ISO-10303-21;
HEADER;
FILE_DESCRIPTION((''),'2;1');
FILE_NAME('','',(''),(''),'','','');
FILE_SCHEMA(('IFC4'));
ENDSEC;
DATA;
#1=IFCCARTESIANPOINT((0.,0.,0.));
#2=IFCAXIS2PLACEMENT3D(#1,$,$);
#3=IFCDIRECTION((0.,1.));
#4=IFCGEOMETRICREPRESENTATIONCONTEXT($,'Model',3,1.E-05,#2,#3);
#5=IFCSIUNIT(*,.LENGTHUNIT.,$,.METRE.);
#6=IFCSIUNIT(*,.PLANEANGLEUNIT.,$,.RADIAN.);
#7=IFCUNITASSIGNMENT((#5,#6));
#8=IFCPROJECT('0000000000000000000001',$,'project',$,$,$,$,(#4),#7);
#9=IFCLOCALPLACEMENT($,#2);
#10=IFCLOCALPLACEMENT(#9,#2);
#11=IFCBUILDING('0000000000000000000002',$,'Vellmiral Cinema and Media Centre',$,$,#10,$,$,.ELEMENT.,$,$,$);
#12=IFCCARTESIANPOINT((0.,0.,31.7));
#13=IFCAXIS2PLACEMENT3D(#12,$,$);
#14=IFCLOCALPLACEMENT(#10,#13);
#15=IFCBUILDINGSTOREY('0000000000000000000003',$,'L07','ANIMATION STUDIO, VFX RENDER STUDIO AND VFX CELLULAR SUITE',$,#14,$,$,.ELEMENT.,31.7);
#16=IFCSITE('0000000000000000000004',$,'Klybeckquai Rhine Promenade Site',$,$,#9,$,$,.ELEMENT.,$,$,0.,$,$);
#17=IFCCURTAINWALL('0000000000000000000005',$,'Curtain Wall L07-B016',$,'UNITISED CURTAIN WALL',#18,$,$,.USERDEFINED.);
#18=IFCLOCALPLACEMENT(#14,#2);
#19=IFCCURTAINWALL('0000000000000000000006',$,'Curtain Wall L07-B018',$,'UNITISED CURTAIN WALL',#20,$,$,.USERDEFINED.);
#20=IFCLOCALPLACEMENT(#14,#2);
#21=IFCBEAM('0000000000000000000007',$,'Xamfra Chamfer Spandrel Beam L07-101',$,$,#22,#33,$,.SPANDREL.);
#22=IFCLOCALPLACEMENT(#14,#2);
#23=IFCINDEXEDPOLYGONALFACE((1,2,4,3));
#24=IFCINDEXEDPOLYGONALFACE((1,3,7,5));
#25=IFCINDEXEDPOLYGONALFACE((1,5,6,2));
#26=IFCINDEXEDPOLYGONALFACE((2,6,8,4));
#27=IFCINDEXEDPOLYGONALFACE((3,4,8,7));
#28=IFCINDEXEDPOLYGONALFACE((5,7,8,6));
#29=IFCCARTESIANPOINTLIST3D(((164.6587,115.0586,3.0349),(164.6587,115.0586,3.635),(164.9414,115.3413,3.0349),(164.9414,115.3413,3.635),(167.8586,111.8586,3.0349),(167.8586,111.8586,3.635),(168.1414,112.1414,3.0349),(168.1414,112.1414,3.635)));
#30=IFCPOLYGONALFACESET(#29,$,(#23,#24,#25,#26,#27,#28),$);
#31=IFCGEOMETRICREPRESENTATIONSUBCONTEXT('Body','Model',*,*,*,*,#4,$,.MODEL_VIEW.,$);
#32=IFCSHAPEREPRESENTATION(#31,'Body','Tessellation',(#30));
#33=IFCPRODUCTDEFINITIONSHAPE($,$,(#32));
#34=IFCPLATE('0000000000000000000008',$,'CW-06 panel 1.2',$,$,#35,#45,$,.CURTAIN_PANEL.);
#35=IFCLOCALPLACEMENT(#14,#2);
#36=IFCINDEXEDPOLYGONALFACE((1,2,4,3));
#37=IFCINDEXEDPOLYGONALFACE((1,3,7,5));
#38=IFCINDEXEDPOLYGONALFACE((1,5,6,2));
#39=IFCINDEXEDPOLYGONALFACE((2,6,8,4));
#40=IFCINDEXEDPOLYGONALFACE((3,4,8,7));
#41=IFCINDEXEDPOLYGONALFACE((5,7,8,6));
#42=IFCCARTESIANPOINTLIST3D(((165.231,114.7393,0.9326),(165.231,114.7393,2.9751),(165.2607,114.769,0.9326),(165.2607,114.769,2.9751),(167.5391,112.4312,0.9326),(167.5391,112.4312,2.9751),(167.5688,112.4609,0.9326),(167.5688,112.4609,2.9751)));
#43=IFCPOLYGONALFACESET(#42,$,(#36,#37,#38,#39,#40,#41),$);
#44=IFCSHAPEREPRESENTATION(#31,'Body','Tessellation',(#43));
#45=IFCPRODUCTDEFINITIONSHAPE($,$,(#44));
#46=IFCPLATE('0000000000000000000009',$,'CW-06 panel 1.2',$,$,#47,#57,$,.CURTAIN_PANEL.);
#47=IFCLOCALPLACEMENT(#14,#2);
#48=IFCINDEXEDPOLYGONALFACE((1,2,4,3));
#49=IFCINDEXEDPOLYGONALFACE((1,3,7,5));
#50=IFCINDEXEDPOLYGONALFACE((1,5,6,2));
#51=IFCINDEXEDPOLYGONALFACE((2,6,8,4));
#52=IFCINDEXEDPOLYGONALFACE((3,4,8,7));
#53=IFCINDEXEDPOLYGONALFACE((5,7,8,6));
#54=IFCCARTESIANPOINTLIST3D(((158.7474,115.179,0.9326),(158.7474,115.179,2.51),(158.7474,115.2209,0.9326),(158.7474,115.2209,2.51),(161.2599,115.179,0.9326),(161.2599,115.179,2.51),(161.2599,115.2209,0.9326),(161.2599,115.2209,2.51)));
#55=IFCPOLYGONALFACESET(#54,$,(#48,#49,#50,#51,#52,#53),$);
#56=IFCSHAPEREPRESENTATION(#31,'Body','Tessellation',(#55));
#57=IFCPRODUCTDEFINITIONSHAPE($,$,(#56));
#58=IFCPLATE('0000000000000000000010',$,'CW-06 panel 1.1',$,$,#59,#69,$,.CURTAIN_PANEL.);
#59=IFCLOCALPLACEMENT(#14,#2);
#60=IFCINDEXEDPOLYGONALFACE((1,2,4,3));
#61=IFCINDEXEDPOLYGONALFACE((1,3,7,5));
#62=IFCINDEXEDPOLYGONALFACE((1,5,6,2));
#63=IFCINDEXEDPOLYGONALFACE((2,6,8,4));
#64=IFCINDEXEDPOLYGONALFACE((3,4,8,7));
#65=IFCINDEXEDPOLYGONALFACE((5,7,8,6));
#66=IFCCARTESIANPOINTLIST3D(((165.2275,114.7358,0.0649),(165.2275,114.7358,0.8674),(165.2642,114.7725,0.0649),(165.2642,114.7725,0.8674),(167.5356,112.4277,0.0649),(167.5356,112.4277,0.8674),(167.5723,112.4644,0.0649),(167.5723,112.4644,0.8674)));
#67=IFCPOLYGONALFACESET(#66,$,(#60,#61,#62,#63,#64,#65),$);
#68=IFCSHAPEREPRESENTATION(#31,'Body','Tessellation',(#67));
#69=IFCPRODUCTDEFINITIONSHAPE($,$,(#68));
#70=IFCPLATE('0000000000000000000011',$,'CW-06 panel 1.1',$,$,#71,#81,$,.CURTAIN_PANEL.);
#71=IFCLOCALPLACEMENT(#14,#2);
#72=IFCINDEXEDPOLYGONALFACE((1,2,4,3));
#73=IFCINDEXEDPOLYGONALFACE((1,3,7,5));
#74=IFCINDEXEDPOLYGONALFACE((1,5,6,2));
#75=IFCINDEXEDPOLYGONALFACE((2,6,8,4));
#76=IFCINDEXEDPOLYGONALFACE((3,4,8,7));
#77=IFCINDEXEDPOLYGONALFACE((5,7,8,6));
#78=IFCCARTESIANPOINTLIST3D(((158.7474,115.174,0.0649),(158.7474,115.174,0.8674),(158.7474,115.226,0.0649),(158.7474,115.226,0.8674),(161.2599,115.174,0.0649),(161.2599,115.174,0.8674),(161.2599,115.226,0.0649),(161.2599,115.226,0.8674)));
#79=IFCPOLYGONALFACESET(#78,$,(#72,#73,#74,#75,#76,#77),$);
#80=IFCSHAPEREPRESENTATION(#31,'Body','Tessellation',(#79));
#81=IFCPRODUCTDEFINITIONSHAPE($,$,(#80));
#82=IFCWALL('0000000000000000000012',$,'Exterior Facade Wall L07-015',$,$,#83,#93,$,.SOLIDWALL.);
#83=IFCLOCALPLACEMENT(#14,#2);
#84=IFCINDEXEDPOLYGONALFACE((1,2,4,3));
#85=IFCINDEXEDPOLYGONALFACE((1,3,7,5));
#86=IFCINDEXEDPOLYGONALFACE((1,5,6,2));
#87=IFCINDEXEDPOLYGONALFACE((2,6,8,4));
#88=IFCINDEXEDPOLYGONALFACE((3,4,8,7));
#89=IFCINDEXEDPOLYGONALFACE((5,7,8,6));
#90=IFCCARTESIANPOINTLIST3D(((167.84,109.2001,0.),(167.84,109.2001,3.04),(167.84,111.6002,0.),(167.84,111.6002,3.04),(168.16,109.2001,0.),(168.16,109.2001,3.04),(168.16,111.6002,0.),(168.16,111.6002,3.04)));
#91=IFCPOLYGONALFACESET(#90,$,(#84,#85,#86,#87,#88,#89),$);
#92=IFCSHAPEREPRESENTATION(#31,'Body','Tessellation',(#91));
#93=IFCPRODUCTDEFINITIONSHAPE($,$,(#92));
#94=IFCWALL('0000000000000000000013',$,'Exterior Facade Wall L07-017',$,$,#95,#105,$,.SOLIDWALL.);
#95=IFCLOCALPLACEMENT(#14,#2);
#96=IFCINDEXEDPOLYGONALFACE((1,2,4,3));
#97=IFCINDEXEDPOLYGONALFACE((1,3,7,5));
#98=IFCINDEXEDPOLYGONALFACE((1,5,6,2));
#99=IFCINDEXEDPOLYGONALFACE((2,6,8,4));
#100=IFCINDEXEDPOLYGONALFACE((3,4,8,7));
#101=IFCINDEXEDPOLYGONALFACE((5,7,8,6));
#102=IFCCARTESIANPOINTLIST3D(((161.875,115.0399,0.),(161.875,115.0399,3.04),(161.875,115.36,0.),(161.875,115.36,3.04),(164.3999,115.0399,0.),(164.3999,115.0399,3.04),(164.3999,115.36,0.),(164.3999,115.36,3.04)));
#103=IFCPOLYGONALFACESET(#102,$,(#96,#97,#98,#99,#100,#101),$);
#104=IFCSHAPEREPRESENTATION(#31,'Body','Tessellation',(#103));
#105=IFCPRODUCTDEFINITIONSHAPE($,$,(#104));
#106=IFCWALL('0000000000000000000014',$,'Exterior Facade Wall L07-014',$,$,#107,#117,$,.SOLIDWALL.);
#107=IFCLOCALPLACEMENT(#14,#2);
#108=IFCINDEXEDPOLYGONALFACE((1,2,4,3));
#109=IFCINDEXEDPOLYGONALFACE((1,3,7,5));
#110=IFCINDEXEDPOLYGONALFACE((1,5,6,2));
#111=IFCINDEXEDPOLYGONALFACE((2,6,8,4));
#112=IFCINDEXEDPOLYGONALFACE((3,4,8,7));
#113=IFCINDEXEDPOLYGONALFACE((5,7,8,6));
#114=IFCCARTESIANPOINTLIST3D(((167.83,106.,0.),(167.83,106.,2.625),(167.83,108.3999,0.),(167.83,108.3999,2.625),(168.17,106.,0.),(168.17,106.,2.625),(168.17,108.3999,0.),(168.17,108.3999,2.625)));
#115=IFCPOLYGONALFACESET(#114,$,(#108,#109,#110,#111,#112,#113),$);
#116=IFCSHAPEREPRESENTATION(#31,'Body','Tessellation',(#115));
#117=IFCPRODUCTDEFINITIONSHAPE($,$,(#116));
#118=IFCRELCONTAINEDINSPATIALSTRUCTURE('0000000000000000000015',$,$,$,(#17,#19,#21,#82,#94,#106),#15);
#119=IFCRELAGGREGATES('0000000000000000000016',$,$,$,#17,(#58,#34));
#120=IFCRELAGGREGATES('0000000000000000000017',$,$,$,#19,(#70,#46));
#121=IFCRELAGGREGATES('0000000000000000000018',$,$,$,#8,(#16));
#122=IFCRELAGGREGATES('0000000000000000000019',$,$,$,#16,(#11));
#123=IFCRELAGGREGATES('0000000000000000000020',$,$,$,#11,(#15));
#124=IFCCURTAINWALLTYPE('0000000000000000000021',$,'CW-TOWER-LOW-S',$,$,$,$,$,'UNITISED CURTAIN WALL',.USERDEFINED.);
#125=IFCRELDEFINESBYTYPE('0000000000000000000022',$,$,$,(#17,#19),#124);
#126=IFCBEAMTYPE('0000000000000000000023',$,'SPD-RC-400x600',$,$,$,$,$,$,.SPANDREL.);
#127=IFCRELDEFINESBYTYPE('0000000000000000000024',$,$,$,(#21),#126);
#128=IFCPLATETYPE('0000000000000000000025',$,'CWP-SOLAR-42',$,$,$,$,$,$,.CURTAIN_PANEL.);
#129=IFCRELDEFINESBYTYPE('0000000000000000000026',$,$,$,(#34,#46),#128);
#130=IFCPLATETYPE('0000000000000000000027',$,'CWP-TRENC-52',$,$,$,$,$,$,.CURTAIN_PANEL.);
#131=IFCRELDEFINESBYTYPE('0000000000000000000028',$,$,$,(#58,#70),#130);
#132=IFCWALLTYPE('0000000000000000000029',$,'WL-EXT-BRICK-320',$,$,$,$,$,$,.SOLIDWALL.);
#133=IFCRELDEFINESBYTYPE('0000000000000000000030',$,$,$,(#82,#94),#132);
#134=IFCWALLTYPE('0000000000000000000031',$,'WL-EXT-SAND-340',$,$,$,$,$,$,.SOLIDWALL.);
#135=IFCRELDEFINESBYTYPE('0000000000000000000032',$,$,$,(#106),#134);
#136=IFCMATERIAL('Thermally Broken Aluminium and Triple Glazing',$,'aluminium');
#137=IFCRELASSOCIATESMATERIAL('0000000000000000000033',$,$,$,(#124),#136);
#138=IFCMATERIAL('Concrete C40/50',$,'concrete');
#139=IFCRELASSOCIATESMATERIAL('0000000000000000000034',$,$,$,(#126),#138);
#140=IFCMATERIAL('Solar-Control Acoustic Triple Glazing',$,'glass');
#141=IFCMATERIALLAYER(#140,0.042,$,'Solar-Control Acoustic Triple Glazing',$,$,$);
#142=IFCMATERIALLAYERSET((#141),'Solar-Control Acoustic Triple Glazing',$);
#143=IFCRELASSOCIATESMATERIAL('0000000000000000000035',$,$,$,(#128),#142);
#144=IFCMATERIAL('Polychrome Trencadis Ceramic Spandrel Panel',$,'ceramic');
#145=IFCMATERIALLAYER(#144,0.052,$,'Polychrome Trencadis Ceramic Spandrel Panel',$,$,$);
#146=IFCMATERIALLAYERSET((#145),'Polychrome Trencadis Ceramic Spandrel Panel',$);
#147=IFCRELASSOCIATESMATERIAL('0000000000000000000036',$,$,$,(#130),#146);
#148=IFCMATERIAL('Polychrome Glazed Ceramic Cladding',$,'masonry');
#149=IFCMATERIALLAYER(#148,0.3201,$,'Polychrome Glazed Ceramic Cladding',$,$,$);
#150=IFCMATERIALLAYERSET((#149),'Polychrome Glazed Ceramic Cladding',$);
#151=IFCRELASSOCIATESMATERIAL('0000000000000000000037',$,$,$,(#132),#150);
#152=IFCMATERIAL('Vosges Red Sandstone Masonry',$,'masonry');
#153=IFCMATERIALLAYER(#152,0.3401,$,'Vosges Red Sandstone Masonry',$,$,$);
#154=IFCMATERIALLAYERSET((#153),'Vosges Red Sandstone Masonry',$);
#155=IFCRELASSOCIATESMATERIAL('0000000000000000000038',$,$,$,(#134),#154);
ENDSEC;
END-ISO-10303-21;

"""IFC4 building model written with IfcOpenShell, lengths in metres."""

from ifc_helpers import new_model, si_unit, direction, frame, frame_2d, origin, origin_2d, place, context, subcontext, project, spatial, rectangle, extrude, material, layer, layer_set, material_profile, profile_set, type_object, element, aggregate, save


model = new_model("IFC4")

# Units and contexts
model_context = context("Model", 3, precision=1e-05, world=origin(), true_north=direction((0.0, 1.0)))
body_context = subcontext(model_context, "Body", "Model", "MODEL_VIEW")
ifc_project = project(units=[si_unit("LENGTHUNIT", "METRE"), si_unit("PLANEANGLEUNIT", "RADIAN")], contexts=[model_context])

# Site, building, storey
site_placement = place(None, origin())
site = spatial("IfcSite", under=ifc_project, at=site_placement, Name="Klybeckquai Rhine Promenade Site", CompositionType="ELEMENT", RefElevation=0.0)
building_placement = place(site_placement, origin())
building = spatial("IfcBuilding", under=site, at=building_placement, Name="Vellmiral Cinema and Media Centre", CompositionType="ELEMENT")
storey_placement = place(building_placement, frame((0.0, 0.0, 31.7)))
storey = spatial("IfcBuildingStorey", under=building, at=storey_placement, Name="L07", Description="ANIMATION STUDIO, VFX RENDER STUDIO AND VFX CELLULAR SUITE", CompositionType="ELEMENT", Elevation=31.7)

# Curtain walls
ifc_material_1 = material(Name="Thermally Broken Aluminium and Triple Glazing", Category="aluminium")
curtain_wall_type = type_object("IfcCurtainWallType", Name="CW-TOWER-LOW-S", ElementType="UNITISED CURTAIN WALL", PredefinedType="USERDEFINED", material=ifc_material_1)
curtain_wall_1_placement = place(storey_placement, origin())
curtain_wall_1 = element("IfcCurtainWall", 1, at=curtain_wall_1_placement, inside=storey, type_object=curtain_wall_type, Name="Curtain Wall L07-B016", ObjectType="UNITISED CURTAIN WALL", PredefinedType="USERDEFINED")
curtain_wall_2_placement = place(storey_placement, origin())
curtain_wall_2 = element("IfcCurtainWall", 2, at=curtain_wall_2_placement, inside=storey, type_object=curtain_wall_type, Name="Curtain Wall L07-B018", ObjectType="UNITISED CURTAIN WALL", PredefinedType="USERDEFINED")

# Beam
ifc_material_2 = material(Name="Concrete C40/50", Category="concrete")
ifc_material_profile_1 = material_profile(ifc_material_2, rectangle(XDim=0.3999, YDim=0.6001, at=origin_2d()), Name="RC 400x600")
ifc_profile_set_1 = profile_set([ifc_material_profile_1], Name="Concrete C40/50")
beam_type_1 = type_object("IfcBeamType", Name="SPD-RC-400x600", PredefinedType="SPANDREL", material=ifc_profile_set_1)
for number, where, z_axis, x_axis, name in (
    (3, (164.8, 115.2, 3.335), (0.707107, -0.707107, 0.0), (0.707107, 0.707107, 0.0), "Xamfra Chamfer Spandrel Beam L07-101"),
):
    element("IfcBeam", number, at=place(storey_placement, frame(where, z_axis=z_axis, x_axis=x_axis)), inside=storey, type_object=beam_type_1, Name=name, PredefinedType="SPANDREL", context=body_context, shape_type="SweptSolid", body=[
        extrude(rectangle(XDim=0.3999, YDim=0.6001, at=origin_2d()), origin(), (0.0, 0.0, 1.0), 4.5254),
    ])

# Plates
ifc_material_3 = material(Name="Solar-Control Acoustic Triple Glazing", Category="glass")
ifc_layer_1 = layer(ifc_material_3, 0.042, Name="Solar-Control Acoustic Triple Glazing")
ifc_layer_set_1 = layer_set([ifc_layer_1], Name="Solar-Control Acoustic Triple Glazing")
plate_type_1 = type_object("IfcPlateType", Name="CWP-SOLAR-42", PredefinedType="CURTAIN_PANEL", material=ifc_layer_set_1)
plate_1_placement = place(storey_placement, frame((166.3999, 113.6001, 0.9326), z_axis=(0.0, 0.0, 1.0), x_axis=(-0.707107, 0.707107, 0.0)))
plate_1 = element("IfcPlate", 4, at=plate_1_placement, type_object=plate_type_1, Name="CW-06 panel 1.2", PredefinedType="CURTAIN_PANEL", context=body_context, shape_type="SweptSolid", body=[
    extrude(rectangle(XDim=3.2642, YDim=0.042, at=origin_2d()), origin(), (0.0, 0.0, 1.0), 2.0425),
])
plate_2_placement = place(storey_placement, frame((160.0037, 115.2, 0.9326), z_axis=(0.0, 0.0, 1.0), x_axis=(-1.0, 0.0, 0.0)))
plate_2 = element("IfcPlate", 5, at=plate_2_placement, type_object=plate_type_1, Name="CW-06 panel 1.2", PredefinedType="CURTAIN_PANEL", context=body_context, shape_type="SweptSolid", body=[
    extrude(rectangle(XDim=2.5125, YDim=0.042, at=origin_2d()), origin(), (0.0, 0.0, 1.0), 1.5774),
])
ifc_material_4 = material(Name="Polychrome Trencadis Ceramic Spandrel Panel", Category="ceramic")
ifc_layer_2 = layer(ifc_material_4, 0.052, Name="Polychrome Trencadis Ceramic Spandrel Panel")
ifc_layer_set_2 = layer_set([ifc_layer_2], Name="Polychrome Trencadis Ceramic Spandrel Panel")
plate_type_2 = type_object("IfcPlateType", Name="CWP-TRENC-52", PredefinedType="CURTAIN_PANEL", material=ifc_layer_set_2)
plate_3_placement = place(storey_placement, frame((166.3999, 113.6001, 0.0649), z_axis=(0.0, 0.0, 1.0), x_axis=(-0.707107, 0.707107, 0.0)))
plate_3 = element("IfcPlate", 6, at=plate_3_placement, type_object=plate_type_2, Name="CW-06 panel 1.1", PredefinedType="CURTAIN_PANEL", context=body_context, shape_type="SweptSolid", body=[
    extrude(rectangle(XDim=3.2642, YDim=0.052, at=origin_2d()), origin(), (0.0, 0.0, 1.0), 0.8025),
])
aggregate(curtain_wall_1, [plate_3, plate_1])
plate_4_placement = place(storey_placement, frame((160.0037, 115.2, 0.0649), z_axis=(0.0, 0.0, 1.0), x_axis=(-1.0, 0.0, 0.0)))
plate_4 = element("IfcPlate", 7, at=plate_4_placement, type_object=plate_type_2, Name="CW-06 panel 1.1", PredefinedType="CURTAIN_PANEL", context=body_context, shape_type="SweptSolid", body=[
    extrude(rectangle(XDim=2.5125, YDim=0.052, at=origin_2d()), origin(), (0.0, 0.0, 1.0), 0.8025),
])
aggregate(curtain_wall_2, [plate_4, plate_2])

# Walls
ifc_material_5 = material(Name="Polychrome Glazed Ceramic Cladding", Category="masonry")
ifc_layer_3 = layer(ifc_material_5, 0.3201, Name="Polychrome Glazed Ceramic Cladding")
ifc_layer_set_3 = layer_set([ifc_layer_3], Name="Polychrome Glazed Ceramic Cladding")
wall_type_1 = type_object("IfcWallType", Name="WL-EXT-BRICK-320", PredefinedType="SOLIDWALL", material=ifc_layer_set_3)
wall_1_placement = place(storey_placement, frame((168.0, 109.2, 0.0), z_axis=(0.0, 0.0, 1.0), x_axis=(0.0, 1.0, 0.0)))
element("IfcWall", 8, at=wall_1_placement, inside=storey, type_object=wall_type_1, Name="Exterior Facade Wall L07-015", PredefinedType="SOLIDWALL", context=body_context, shape_type="SweptSolid", body=[
    extrude(rectangle(XDim=2.4001, YDim=0.3201, at=frame_2d((1.2002, 0.0))), origin(), (0.0, 0.0, 1.0), 3.04),
])
wall_2_placement = place(storey_placement, frame((164.3999, 115.2, 0.0), z_axis=(0.0, 0.0, 1.0), x_axis=(-1.0, 0.0, 0.0)))
element("IfcWall", 9, at=wall_2_placement, inside=storey, type_object=wall_type_1, Name="Exterior Facade Wall L07-017", PredefinedType="SOLIDWALL", context=body_context, shape_type="SweptSolid", body=[
    extrude(rectangle(XDim=2.5249, YDim=0.3201, at=frame_2d((1.2625, 0.0))), origin(), (0.0, 0.0, 1.0), 3.04),
])
ifc_material_6 = material(Name="Vosges Red Sandstone Masonry", Category="masonry")
ifc_layer_4 = layer(ifc_material_6, 0.3401, Name="Vosges Red Sandstone Masonry")
ifc_layer_set_4 = layer_set([ifc_layer_4], Name="Vosges Red Sandstone Masonry")
wall_type_2 = type_object("IfcWallType", Name="WL-EXT-SAND-340", PredefinedType="SOLIDWALL", material=ifc_layer_set_4)
wall_3_placement = place(storey_placement, frame((168.0, 106.0, 0.0), z_axis=(0.0, 0.0, 1.0), x_axis=(0.0, 1.0, 0.0)))
element("IfcWall", 10, at=wall_3_placement, inside=storey, type_object=wall_type_2, Name="Exterior Facade Wall L07-014", PredefinedType="SOLIDWALL", context=body_context, shape_type="SweptSolid", body=[
    extrude(rectangle(XDim=2.3999, YDim=0.3401, at=frame_2d((1.2, 0.0))), origin(), (0.0, 0.0, 1.0), 2.625),
])

save(model, "model.ifc")
